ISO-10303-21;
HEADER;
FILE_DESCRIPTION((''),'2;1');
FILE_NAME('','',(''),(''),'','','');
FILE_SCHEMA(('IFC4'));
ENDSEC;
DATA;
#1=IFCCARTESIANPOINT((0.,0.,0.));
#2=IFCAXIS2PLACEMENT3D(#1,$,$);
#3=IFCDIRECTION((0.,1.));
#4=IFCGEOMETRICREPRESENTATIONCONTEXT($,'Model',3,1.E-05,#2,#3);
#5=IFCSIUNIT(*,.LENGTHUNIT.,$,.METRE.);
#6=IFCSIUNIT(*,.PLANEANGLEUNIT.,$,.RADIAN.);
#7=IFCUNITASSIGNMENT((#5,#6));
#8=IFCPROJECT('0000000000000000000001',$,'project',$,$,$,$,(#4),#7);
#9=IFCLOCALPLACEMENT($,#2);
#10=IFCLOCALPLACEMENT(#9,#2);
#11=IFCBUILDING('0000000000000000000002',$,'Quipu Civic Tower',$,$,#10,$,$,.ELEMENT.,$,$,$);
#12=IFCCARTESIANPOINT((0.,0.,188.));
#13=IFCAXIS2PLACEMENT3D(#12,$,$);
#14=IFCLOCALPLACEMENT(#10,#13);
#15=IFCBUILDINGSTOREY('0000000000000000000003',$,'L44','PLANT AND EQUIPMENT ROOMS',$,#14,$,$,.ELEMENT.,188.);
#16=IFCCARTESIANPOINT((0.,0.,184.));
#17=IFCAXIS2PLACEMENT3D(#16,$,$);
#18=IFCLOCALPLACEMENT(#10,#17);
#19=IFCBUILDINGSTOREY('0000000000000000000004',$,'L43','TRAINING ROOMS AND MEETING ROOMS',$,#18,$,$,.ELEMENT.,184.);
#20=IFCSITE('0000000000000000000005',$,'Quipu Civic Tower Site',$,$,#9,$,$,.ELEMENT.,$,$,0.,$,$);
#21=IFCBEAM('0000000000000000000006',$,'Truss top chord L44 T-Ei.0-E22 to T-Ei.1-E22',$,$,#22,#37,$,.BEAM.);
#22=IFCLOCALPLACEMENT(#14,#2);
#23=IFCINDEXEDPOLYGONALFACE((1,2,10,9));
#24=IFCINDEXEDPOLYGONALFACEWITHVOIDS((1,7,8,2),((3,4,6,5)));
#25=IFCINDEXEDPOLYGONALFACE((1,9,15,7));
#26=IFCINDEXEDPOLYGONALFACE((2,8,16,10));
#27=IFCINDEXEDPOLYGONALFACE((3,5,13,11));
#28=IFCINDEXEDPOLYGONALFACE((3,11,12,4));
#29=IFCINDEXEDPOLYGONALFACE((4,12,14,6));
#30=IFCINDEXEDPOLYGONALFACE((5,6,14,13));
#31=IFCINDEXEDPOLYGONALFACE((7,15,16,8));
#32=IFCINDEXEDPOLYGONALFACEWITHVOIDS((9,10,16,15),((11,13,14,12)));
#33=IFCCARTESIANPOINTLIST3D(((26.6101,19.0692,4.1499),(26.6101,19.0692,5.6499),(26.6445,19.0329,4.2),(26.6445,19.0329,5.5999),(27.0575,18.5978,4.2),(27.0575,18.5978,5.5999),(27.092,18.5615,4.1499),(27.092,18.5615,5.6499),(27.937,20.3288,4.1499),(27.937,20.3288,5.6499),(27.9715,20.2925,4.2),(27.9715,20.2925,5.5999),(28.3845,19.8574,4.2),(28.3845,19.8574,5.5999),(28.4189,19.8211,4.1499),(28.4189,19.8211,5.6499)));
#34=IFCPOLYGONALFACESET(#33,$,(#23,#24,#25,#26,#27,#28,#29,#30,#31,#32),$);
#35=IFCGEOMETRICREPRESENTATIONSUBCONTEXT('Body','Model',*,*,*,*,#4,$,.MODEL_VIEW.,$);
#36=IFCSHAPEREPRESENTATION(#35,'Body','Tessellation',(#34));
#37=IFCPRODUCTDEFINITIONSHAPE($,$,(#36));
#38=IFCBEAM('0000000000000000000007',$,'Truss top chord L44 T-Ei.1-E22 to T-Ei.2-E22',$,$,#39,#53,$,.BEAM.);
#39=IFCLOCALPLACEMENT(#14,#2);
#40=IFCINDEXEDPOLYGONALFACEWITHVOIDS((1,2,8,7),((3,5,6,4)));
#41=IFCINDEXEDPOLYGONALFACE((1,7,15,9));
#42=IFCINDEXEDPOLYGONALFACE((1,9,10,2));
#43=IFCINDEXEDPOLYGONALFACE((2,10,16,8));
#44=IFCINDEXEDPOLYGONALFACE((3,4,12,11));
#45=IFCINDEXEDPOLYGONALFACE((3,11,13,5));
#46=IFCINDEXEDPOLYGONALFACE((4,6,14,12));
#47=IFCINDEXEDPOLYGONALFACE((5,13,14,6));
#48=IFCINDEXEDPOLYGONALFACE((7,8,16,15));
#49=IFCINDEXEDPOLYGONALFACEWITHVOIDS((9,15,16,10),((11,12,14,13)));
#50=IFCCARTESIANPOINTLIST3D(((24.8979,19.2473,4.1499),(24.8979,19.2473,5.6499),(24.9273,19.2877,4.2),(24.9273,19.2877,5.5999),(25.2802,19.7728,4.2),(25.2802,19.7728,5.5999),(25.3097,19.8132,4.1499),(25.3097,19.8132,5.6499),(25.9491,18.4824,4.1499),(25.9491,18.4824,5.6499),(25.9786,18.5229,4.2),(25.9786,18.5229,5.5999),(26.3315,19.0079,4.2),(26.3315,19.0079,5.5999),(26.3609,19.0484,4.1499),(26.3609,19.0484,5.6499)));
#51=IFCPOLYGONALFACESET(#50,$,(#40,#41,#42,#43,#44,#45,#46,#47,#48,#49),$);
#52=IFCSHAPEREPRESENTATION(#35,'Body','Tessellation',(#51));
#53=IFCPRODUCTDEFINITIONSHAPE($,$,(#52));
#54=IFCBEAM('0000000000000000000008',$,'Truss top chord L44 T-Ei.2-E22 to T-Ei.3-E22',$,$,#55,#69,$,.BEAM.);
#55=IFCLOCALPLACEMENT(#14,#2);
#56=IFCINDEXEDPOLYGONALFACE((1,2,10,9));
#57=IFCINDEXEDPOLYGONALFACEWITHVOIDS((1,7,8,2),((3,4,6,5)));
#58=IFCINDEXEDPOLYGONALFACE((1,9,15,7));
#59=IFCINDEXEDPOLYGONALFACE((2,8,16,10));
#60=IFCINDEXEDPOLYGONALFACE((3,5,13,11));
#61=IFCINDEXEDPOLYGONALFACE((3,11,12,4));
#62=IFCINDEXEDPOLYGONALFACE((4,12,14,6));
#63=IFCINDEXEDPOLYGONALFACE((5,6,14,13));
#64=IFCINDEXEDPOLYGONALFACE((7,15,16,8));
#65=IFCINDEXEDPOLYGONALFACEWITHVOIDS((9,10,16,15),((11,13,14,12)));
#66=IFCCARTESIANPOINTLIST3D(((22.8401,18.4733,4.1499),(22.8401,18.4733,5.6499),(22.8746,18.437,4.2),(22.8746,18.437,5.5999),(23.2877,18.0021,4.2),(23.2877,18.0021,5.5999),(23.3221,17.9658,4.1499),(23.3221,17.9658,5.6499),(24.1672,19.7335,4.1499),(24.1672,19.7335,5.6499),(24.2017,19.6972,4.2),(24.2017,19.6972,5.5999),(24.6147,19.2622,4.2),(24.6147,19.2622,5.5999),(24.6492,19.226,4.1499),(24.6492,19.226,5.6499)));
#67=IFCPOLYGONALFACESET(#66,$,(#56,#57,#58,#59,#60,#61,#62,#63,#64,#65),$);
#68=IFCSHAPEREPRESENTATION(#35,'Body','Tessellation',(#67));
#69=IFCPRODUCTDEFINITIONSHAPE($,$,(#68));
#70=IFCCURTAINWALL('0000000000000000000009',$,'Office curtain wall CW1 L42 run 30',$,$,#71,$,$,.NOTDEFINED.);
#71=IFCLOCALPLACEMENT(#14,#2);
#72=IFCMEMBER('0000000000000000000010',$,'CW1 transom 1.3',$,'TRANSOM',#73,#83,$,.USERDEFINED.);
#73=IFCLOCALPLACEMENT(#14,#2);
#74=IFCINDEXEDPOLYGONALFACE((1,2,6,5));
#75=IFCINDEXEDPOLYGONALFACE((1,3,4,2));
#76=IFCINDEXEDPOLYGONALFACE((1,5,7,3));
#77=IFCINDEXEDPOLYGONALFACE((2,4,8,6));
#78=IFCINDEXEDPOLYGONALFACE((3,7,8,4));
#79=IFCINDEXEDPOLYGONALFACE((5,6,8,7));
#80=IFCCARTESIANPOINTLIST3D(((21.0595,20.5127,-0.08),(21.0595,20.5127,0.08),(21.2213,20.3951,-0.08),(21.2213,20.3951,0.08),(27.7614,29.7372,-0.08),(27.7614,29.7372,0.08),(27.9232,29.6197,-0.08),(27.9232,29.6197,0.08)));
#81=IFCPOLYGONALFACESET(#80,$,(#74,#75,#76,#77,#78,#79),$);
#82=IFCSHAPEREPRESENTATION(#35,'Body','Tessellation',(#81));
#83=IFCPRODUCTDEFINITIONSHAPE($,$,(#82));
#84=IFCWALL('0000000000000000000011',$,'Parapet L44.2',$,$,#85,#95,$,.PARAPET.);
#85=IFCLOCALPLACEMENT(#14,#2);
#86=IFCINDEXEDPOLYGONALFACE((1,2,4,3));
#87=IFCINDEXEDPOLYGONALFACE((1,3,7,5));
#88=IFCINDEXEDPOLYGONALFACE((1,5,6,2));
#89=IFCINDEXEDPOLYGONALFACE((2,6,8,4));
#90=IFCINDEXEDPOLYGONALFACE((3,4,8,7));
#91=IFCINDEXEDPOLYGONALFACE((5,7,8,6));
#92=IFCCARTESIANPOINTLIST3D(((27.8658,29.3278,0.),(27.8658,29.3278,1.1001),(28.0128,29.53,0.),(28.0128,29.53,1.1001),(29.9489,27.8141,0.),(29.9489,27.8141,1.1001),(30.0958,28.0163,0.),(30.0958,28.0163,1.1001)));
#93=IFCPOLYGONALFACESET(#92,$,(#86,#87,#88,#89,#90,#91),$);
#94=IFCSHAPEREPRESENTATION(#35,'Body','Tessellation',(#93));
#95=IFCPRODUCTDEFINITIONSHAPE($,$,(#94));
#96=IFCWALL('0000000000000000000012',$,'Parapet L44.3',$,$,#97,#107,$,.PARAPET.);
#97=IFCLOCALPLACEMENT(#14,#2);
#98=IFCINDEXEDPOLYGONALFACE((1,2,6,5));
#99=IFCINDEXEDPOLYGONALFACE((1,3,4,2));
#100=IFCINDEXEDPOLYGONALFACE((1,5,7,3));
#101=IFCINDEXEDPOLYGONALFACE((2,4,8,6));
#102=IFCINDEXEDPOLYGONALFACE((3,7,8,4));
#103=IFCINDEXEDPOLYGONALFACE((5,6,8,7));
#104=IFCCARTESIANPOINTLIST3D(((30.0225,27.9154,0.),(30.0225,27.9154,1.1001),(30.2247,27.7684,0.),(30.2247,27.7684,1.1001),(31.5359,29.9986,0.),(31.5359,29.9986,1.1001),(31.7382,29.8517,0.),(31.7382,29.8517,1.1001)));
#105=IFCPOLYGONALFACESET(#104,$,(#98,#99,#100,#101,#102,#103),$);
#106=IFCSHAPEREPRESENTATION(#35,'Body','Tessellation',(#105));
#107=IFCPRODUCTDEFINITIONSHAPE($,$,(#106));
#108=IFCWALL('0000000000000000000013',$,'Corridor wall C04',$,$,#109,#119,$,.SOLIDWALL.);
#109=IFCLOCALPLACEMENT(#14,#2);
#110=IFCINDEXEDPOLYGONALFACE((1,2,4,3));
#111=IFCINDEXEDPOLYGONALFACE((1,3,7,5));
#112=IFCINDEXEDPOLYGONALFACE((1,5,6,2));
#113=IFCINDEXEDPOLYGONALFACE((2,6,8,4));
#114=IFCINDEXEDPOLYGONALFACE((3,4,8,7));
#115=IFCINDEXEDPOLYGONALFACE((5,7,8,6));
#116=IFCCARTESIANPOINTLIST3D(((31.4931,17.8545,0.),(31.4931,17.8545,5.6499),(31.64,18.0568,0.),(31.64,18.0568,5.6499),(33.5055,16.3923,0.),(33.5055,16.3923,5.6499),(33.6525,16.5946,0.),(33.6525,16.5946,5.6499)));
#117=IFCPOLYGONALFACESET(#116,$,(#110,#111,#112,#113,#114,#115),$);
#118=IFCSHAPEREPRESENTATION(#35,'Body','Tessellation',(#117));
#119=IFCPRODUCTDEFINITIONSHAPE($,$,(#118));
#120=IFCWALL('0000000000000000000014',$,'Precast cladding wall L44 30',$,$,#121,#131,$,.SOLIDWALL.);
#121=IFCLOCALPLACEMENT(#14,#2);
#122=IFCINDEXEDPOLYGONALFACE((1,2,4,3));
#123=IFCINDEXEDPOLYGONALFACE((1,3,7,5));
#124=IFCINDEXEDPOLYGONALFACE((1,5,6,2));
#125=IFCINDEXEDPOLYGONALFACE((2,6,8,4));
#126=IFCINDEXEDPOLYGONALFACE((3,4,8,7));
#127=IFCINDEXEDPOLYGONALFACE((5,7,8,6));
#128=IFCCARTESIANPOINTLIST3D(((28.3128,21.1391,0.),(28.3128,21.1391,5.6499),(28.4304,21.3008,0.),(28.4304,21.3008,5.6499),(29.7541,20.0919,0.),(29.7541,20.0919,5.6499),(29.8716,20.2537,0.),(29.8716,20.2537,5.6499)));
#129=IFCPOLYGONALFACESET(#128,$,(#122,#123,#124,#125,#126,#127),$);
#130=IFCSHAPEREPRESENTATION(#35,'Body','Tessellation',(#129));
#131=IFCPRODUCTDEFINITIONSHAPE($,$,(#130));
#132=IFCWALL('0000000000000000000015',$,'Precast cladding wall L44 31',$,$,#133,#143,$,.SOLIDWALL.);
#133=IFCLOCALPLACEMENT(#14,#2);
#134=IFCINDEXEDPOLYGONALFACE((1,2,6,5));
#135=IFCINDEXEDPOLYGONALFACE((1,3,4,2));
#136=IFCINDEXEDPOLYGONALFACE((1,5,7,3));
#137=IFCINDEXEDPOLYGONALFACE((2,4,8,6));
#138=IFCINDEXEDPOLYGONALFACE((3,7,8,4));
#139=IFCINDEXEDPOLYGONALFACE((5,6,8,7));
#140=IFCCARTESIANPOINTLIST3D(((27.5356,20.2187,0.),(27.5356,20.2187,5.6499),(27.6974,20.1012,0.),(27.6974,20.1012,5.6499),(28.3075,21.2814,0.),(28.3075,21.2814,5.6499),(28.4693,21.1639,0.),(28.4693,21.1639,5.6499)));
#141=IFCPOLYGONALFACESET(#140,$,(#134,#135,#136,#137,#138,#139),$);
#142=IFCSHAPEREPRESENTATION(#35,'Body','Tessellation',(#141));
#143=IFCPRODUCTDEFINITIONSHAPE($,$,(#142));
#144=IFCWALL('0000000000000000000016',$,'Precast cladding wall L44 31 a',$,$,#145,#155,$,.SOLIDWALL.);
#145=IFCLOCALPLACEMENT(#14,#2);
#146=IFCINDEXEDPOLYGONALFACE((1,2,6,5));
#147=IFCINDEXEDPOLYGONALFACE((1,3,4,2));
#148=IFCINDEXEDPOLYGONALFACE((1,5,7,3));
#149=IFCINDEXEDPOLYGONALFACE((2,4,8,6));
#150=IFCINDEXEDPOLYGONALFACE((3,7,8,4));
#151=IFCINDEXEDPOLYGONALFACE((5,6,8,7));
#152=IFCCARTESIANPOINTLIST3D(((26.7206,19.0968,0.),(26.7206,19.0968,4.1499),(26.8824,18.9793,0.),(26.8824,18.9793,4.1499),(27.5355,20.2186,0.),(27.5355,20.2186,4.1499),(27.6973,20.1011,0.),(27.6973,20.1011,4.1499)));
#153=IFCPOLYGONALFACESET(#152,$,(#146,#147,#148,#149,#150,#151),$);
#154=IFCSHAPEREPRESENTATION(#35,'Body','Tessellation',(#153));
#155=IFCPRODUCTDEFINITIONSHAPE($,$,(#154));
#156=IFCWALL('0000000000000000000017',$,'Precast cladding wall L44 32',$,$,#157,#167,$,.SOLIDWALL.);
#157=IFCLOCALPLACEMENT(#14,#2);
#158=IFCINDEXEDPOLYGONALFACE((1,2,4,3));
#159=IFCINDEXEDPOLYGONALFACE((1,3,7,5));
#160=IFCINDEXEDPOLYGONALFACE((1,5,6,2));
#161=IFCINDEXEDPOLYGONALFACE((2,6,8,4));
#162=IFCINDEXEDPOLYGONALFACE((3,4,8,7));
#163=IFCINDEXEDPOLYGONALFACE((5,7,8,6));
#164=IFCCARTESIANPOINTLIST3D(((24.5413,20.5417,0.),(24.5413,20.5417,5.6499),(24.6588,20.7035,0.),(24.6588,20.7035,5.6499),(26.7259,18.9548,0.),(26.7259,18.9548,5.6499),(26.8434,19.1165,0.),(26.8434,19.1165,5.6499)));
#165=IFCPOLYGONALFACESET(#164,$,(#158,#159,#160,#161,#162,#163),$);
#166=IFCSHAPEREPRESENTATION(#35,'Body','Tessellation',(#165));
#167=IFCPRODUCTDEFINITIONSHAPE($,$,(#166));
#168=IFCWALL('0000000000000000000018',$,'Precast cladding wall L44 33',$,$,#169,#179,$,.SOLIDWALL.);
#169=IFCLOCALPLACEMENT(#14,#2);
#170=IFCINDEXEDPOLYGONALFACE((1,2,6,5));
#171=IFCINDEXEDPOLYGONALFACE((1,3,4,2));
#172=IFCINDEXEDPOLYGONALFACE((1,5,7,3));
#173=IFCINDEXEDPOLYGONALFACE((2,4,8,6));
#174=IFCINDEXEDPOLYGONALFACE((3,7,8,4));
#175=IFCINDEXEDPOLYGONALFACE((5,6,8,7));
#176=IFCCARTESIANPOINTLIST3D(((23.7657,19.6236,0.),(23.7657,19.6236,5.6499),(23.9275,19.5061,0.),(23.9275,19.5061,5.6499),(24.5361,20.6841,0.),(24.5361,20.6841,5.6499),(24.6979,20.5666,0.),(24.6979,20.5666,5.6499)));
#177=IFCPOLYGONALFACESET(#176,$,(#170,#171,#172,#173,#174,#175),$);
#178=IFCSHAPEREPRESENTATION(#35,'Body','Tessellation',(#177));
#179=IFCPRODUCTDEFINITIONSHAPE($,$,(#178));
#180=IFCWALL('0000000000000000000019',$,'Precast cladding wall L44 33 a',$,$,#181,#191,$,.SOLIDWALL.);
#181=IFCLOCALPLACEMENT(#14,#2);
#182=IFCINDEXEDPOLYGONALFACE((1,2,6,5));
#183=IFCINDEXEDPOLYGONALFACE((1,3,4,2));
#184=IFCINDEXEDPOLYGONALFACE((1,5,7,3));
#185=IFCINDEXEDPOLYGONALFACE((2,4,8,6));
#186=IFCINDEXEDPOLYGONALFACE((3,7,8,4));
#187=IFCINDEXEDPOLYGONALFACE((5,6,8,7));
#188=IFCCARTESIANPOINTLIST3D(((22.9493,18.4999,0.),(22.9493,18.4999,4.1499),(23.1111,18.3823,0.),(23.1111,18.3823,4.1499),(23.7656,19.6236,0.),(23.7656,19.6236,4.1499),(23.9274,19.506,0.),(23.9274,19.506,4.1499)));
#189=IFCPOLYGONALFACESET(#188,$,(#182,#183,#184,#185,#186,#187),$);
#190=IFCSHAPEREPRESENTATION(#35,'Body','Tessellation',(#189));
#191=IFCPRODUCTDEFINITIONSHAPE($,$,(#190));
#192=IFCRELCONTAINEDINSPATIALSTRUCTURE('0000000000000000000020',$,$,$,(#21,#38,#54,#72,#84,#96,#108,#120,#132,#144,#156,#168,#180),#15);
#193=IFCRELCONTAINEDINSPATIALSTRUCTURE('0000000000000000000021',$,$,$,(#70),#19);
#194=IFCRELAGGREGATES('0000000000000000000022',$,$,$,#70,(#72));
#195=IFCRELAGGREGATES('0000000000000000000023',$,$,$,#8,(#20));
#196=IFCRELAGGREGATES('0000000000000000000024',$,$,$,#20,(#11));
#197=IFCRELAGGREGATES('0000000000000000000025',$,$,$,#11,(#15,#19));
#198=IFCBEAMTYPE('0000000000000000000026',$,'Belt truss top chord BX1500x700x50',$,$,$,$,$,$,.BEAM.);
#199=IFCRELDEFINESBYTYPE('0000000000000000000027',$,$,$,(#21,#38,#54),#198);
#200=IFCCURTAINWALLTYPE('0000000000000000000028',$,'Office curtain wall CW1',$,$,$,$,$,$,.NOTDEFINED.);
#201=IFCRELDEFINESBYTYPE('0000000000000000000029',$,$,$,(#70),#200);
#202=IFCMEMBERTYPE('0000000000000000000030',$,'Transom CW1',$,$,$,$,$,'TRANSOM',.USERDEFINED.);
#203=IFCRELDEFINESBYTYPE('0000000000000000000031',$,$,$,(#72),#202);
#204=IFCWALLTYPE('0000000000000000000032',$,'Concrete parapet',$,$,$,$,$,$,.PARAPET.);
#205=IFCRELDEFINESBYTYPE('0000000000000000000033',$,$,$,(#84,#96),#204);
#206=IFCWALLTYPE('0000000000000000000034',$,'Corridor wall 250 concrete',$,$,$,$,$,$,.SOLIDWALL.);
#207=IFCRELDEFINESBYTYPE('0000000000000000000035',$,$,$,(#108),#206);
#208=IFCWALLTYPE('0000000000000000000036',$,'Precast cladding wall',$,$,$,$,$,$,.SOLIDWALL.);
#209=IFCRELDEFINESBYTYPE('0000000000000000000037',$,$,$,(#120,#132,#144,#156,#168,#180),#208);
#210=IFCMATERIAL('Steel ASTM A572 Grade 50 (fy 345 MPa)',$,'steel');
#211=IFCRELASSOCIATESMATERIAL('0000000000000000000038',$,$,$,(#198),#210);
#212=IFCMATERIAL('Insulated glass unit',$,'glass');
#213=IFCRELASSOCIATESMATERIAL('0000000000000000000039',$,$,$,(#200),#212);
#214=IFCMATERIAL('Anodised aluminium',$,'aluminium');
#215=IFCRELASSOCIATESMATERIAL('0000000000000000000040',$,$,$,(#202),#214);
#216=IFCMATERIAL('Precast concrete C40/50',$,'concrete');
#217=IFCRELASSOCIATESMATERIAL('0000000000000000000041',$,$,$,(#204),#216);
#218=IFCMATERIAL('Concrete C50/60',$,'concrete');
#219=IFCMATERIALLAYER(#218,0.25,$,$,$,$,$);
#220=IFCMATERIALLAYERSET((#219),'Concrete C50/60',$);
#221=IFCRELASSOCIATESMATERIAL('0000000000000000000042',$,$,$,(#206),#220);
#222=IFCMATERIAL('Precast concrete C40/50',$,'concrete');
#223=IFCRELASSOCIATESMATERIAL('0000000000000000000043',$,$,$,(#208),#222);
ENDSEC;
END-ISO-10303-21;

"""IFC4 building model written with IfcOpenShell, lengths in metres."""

from ifc_helpers import new_model, si_unit, direction, frame, frame_2d, origin, origin_2d, place, context, subcontext, project, spatial, rectangle, hollow_rectangle, extrude, material, layer, layer_set, material_profile, profile_set, type_object, element, aggregate, save


model = new_model("IFC4")

# Units and contexts
model_context = context("Model", 3, precision=1e-05, world=origin(), true_north=direction((0.0, 1.0)))
body_context = subcontext(model_context, "Body", "Model", "MODEL_VIEW")
ifc_project = project(units=[si_unit("LENGTHUNIT", "METRE"), si_unit("PLANEANGLEUNIT", "RADIAN")], contexts=[model_context])

# Site, building, storey
site_placement = place(None, origin())
site = spatial("IfcSite", under=ifc_project, at=site_placement, Name="Quipu Civic Tower Site", CompositionType="ELEMENT", RefElevation=0.0)
building_placement = place(site_placement, origin())
building = spatial("IfcBuilding", under=site, at=building_placement, Name="Quipu Civic Tower", CompositionType="ELEMENT")
storey_1_placement = place(building_placement, frame((0.0, 0.0, 188.0)))
storey_1 = spatial("IfcBuildingStorey", under=building, at=storey_1_placement, Name="L44", Description="PLANT AND EQUIPMENT ROOMS", CompositionType="ELEMENT", Elevation=188.0)

# Beams
ifc_material_1 = material(Name="Steel ASTM A572 Grade 50 (fy 345 MPa)", Category="steel")
ifc_material_profile_1 = material_profile(ifc_material_1, hollow_rectangle(XDim=0.7, YDim=1.5, WallThickness=0.05, at=origin_2d()), Name="BX1500x700x50")
ifc_profile_set_1 = profile_set([ifc_material_profile_1], Name="Steel ASTM A572 Grade 50 (fy 345 MPa)")
beam_type_1 = type_object("IfcBeamType", Name="Belt truss top chord BX1500x700x50", PredefinedType="BEAM", material=ifc_profile_set_1)
beam_1_placement = place(storey_1_placement, frame((28.178, 20.075, 4.8999), z_axis=(-0.725283, -0.688451, 0.0), x_axis=(0.688451, -0.725283, 0.0)))
element("IfcBeam", 1, at=beam_1_placement, inside=storey_1, type_object=beam_type_1, Name="Truss top chord L44 T-Ei.0-E22 to T-Ei.1-E22", PredefinedType="BEAM", context=body_context, shape_type="SweptSolid", body=[
    extrude(hollow_rectangle(XDim=0.7, YDim=1.5, WallThickness=0.05, at=origin_2d()), origin(), (0.0, 0.0, 1.0), 1.8296),
])
beam_2_placement = place(storey_1_placement, frame((26.155, 18.7654, 4.8999), z_axis=(-0.808614, 0.588339, 0.0), x_axis=(-0.588339, -0.808614, 0.0)))
element("IfcBeam", 2, at=beam_2_placement, inside=storey_1, type_object=beam_type_1, Name="Truss top chord L44 T-Ei.1-E22 to T-Ei.2-E22", PredefinedType="BEAM", context=body_context, shape_type="SweptSolid", body=[
    extrude(hollow_rectangle(XDim=0.7, YDim=1.5, WallThickness=0.05, at=origin_2d()), origin(), (0.0, 0.0, 1.0), 1.3),
])
beam_3_placement = place(storey_1_placement, frame((24.4082, 19.4797, 4.8999), z_axis=(-0.725146, -0.688595, 0.0), x_axis=(0.688595, -0.725146, 0.0)))
element("IfcBeam", 3, at=beam_3_placement, inside=storey_1, type_object=beam_type_1, Name="Truss top chord L44 T-Ei.2-E22 to T-Ei.3-E22", PredefinedType="BEAM", context=body_context, shape_type="SweptSolid", body=[
    extrude(hollow_rectangle(XDim=0.7, YDim=1.5, WallThickness=0.05, at=origin_2d()), origin(), (0.0, 0.0, 1.0), 1.8301),
])

# Shared definitions
storey_2_placement = place(building_placement, frame((0.0, 0.0, 184.0)))
storey_2 = spatial("IfcBuildingStorey", under=building, at=storey_2_placement, Name="L43", Description="TRAINING ROOMS AND MEETING ROOMS", CompositionType="ELEMENT", Elevation=184.0)

# Curtain wall, member
ifc_material_2 = material(Name="Insulated glass unit", Category="glass")
curtain_wall_type = type_object("IfcCurtainWallType", Name="Office curtain wall CW1", PredefinedType="NOTDEFINED", material=ifc_material_2)
curtain_wall_placement = place(storey_2_placement, origin())
curtain_wall = element("IfcCurtainWall", 4, at=curtain_wall_placement, inside=storey_2, type_object=curtain_wall_type, Name="Office curtain wall CW1 L42 run 30", PredefinedType="NOTDEFINED")
ifc_material_3 = material(Name="Anodised aluminium", Category="aluminium")
ifc_material_profile_2 = material_profile(ifc_material_3, rectangle(XDim=0.2, YDim=0.1599, at=origin_2d()), Name="RECT 200x160")
ifc_profile_set_2 = profile_set([ifc_material_profile_2], Name="Anodised aluminium")
member_type_1 = type_object("IfcMemberType", Name="Transom CW1", ElementType="TRANSOM", PredefinedType="USERDEFINED", material=ifc_profile_set_2)
member_1_placement = place(storey_1_placement, frame((27.8423, 29.6785, 0.0), z_axis=(-0.587776, -0.809024, 0.0), x_axis=(0.809024, -0.587776, 0.0)))
member_1 = element("IfcMember", 5, at=member_1_placement, inside=storey_1, type_object=member_type_1, Name="CW1 transom 1.3", ObjectType="TRANSOM", PredefinedType="USERDEFINED", context=body_context, shape_type="SweptSolid", body=[
    extrude(rectangle(XDim=0.2, YDim=0.1599, at=origin_2d()), origin(), (0.0, 0.0, 1.0), 11.4021),
])
aggregate(curtain_wall, [member_1])

# Walls
ifc_material_4 = material(Name="Precast concrete C40/50", Category="concrete")
wall_type_1 = type_object("IfcWallType", Name="Concrete parapet", PredefinedType="PARAPET", material=ifc_material_4)
for number, where, z_axis, x_axis, name in (
    (6, (27.9392, 29.429, 0.0), (0.0, 0.0, 1.0), (0.808966, -0.587856, 0.0), "Parapet L44.2"),
    (7, (30.1235, 27.8418, 0.0), (0.0, 0.0, 1.0), (0.587749, 0.809043, 0.0), "Parapet L44.3"),
):
    element("IfcWall", number, at=place(storey_1_placement, frame(where, z_axis=z_axis, x_axis=x_axis)), inside=storey_1, type_object=wall_type_1, Name=name, PredefinedType="PARAPET", context=body_context, shape_type="SweptSolid", body=[
        extrude(rectangle(XDim=2.575, YDim=0.25, at=frame_2d((1.2876, 0.0))), origin(), (0.0, 0.0, 1.0), 1.1001),
    ])
ifc_material_5 = material(Name="Concrete C50/60", Category="concrete")
ifc_layer = layer(ifc_material_5, 0.25)
ifc_layer_set = layer_set([ifc_layer], Name="Concrete C50/60")
wall_type_2 = type_object("IfcWallType", Name="Corridor wall 250 concrete", PredefinedType="SOLIDWALL", material=ifc_layer_set)
wall_1_placement = place(storey_1_placement, frame((31.5667, 17.9556, 0.0), z_axis=(0.0, 0.0, 1.0), x_axis=(0.809012, -0.587792, 0.0)))
element("IfcWall", 8, at=wall_1_placement, inside=storey_1, type_object=wall_type_2, Name="Corridor wall C04", PredefinedType="SOLIDWALL", context=body_context, shape_type="SweptSolid", body=[
    extrude(rectangle(XDim=2.4875, YDim=0.25, at=frame_2d((1.2437, 0.0))), origin(), (0.0, 0.0, 1.0), 5.6499),
])
ifc_material_6 = material(Name="Precast concrete C40/50", Category="concrete")
wall_type_3 = type_object("IfcWallType", Name="Precast cladding wall", PredefinedType="SOLIDWALL", material=ifc_material_6)
wall_2_placement = place(storey_1_placement, frame((29.8127, 20.1729, 0.0), z_axis=(0.0, 0.0, 1.0), x_axis=(-0.809003, 0.587805, 0.0)))
element("IfcWall", 9, at=wall_2_placement, inside=storey_1, type_object=wall_type_3, Name="Precast cladding wall L44 30", PredefinedType="SOLIDWALL", context=body_context, shape_type="SweptSolid", body=[
    extrude(rectangle(XDim=1.7815, YDim=0.2, at=frame_2d((0.8906, 0.0))), origin(), (0.0, 0.0, 1.0), 5.6499),
])
wall_3_placement = place(storey_1_placement, frame((28.3884, 21.2227, 0.0), z_axis=(0.0, 0.0, 1.0), x_axis=(-0.587707, -0.809074, 0.0)))
element("IfcWall", 10, at=wall_3_placement, inside=storey_1, type_object=wall_type_3, Name="Precast cladding wall L44 31", PredefinedType="SOLIDWALL", context=body_context, shape_type="SweptSolid", body=[
    extrude(rectangle(XDim=1.3135, YDim=0.2, at=frame_2d((0.6567, 0.0))), origin(), (0.0, 0.0, 1.0), 5.6499),
])
wall_4_placement = place(storey_1_placement, frame((27.6165, 20.1599, 0.0), z_axis=(0.0, 0.0, 1.0), x_axis=(-0.587732, -0.809056, 0.0)))
element("IfcWall", 11, at=wall_4_placement, inside=storey_1, type_object=wall_type_3, Name="Precast cladding wall L44 31 a", PredefinedType="SOLIDWALL", context=body_context, shape_type="SweptSolid", body=[
    extrude(rectangle(XDim=1.3865, YDim=0.2, at=frame_2d((0.6934, 0.0))), origin(), (0.0, 0.0, 1.0), 4.1499),
])
wall_5_placement = place(storey_1_placement, frame((26.7847, 19.0356, 0.0), z_axis=(0.0, 0.0, 1.0), x_axis=(-0.809064, 0.58772, 0.0)))
element("IfcWall", 12, at=wall_5_placement, inside=storey_1, type_object=wall_type_3, Name="Precast cladding wall L44 32", PredefinedType="SOLIDWALL", context=body_context, shape_type="SweptSolid", body=[
    extrude(rectangle(XDim=2.7002, YDim=0.2, at=frame_2d((1.3501, 0.0))), origin(), (0.0, 0.0, 1.0), 5.6499),
])
wall_6_placement = place(storey_1_placement, frame((24.6169, 20.6252, 0.0), z_axis=(0.0, 0.0, 1.0), x_axis=(-0.587773, -0.809026, 0.0)))
element("IfcWall", 13, at=wall_6_placement, inside=storey_1, type_object=wall_type_3, Name="Precast cladding wall L44 33", PredefinedType="SOLIDWALL", context=body_context, shape_type="SweptSolid", body=[
    extrude(rectangle(XDim=1.3108, YDim=0.2, at=frame_2d((0.6553, 0.0))), origin(), (0.0, 0.0, 1.0), 5.6499),
])
wall_7_placement = place(storey_1_placement, frame((23.8464, 19.5647, 0.0), z_axis=(0.0, 0.0, 1.0), x_axis=(-0.587754, -0.80904, 0.0)))
element("IfcWall", 14, at=wall_7_placement, inside=storey_1, type_object=wall_type_3, Name="Precast cladding wall L44 33 a", PredefinedType="SOLIDWALL", context=body_context, shape_type="SweptSolid", body=[
    extrude(rectangle(XDim=1.3889, YDim=0.2, at=frame_2d((0.6943, 0.0))), origin(), (0.0, 0.0, 1.0), 4.1499),
])

save(model, "model.ifc")
